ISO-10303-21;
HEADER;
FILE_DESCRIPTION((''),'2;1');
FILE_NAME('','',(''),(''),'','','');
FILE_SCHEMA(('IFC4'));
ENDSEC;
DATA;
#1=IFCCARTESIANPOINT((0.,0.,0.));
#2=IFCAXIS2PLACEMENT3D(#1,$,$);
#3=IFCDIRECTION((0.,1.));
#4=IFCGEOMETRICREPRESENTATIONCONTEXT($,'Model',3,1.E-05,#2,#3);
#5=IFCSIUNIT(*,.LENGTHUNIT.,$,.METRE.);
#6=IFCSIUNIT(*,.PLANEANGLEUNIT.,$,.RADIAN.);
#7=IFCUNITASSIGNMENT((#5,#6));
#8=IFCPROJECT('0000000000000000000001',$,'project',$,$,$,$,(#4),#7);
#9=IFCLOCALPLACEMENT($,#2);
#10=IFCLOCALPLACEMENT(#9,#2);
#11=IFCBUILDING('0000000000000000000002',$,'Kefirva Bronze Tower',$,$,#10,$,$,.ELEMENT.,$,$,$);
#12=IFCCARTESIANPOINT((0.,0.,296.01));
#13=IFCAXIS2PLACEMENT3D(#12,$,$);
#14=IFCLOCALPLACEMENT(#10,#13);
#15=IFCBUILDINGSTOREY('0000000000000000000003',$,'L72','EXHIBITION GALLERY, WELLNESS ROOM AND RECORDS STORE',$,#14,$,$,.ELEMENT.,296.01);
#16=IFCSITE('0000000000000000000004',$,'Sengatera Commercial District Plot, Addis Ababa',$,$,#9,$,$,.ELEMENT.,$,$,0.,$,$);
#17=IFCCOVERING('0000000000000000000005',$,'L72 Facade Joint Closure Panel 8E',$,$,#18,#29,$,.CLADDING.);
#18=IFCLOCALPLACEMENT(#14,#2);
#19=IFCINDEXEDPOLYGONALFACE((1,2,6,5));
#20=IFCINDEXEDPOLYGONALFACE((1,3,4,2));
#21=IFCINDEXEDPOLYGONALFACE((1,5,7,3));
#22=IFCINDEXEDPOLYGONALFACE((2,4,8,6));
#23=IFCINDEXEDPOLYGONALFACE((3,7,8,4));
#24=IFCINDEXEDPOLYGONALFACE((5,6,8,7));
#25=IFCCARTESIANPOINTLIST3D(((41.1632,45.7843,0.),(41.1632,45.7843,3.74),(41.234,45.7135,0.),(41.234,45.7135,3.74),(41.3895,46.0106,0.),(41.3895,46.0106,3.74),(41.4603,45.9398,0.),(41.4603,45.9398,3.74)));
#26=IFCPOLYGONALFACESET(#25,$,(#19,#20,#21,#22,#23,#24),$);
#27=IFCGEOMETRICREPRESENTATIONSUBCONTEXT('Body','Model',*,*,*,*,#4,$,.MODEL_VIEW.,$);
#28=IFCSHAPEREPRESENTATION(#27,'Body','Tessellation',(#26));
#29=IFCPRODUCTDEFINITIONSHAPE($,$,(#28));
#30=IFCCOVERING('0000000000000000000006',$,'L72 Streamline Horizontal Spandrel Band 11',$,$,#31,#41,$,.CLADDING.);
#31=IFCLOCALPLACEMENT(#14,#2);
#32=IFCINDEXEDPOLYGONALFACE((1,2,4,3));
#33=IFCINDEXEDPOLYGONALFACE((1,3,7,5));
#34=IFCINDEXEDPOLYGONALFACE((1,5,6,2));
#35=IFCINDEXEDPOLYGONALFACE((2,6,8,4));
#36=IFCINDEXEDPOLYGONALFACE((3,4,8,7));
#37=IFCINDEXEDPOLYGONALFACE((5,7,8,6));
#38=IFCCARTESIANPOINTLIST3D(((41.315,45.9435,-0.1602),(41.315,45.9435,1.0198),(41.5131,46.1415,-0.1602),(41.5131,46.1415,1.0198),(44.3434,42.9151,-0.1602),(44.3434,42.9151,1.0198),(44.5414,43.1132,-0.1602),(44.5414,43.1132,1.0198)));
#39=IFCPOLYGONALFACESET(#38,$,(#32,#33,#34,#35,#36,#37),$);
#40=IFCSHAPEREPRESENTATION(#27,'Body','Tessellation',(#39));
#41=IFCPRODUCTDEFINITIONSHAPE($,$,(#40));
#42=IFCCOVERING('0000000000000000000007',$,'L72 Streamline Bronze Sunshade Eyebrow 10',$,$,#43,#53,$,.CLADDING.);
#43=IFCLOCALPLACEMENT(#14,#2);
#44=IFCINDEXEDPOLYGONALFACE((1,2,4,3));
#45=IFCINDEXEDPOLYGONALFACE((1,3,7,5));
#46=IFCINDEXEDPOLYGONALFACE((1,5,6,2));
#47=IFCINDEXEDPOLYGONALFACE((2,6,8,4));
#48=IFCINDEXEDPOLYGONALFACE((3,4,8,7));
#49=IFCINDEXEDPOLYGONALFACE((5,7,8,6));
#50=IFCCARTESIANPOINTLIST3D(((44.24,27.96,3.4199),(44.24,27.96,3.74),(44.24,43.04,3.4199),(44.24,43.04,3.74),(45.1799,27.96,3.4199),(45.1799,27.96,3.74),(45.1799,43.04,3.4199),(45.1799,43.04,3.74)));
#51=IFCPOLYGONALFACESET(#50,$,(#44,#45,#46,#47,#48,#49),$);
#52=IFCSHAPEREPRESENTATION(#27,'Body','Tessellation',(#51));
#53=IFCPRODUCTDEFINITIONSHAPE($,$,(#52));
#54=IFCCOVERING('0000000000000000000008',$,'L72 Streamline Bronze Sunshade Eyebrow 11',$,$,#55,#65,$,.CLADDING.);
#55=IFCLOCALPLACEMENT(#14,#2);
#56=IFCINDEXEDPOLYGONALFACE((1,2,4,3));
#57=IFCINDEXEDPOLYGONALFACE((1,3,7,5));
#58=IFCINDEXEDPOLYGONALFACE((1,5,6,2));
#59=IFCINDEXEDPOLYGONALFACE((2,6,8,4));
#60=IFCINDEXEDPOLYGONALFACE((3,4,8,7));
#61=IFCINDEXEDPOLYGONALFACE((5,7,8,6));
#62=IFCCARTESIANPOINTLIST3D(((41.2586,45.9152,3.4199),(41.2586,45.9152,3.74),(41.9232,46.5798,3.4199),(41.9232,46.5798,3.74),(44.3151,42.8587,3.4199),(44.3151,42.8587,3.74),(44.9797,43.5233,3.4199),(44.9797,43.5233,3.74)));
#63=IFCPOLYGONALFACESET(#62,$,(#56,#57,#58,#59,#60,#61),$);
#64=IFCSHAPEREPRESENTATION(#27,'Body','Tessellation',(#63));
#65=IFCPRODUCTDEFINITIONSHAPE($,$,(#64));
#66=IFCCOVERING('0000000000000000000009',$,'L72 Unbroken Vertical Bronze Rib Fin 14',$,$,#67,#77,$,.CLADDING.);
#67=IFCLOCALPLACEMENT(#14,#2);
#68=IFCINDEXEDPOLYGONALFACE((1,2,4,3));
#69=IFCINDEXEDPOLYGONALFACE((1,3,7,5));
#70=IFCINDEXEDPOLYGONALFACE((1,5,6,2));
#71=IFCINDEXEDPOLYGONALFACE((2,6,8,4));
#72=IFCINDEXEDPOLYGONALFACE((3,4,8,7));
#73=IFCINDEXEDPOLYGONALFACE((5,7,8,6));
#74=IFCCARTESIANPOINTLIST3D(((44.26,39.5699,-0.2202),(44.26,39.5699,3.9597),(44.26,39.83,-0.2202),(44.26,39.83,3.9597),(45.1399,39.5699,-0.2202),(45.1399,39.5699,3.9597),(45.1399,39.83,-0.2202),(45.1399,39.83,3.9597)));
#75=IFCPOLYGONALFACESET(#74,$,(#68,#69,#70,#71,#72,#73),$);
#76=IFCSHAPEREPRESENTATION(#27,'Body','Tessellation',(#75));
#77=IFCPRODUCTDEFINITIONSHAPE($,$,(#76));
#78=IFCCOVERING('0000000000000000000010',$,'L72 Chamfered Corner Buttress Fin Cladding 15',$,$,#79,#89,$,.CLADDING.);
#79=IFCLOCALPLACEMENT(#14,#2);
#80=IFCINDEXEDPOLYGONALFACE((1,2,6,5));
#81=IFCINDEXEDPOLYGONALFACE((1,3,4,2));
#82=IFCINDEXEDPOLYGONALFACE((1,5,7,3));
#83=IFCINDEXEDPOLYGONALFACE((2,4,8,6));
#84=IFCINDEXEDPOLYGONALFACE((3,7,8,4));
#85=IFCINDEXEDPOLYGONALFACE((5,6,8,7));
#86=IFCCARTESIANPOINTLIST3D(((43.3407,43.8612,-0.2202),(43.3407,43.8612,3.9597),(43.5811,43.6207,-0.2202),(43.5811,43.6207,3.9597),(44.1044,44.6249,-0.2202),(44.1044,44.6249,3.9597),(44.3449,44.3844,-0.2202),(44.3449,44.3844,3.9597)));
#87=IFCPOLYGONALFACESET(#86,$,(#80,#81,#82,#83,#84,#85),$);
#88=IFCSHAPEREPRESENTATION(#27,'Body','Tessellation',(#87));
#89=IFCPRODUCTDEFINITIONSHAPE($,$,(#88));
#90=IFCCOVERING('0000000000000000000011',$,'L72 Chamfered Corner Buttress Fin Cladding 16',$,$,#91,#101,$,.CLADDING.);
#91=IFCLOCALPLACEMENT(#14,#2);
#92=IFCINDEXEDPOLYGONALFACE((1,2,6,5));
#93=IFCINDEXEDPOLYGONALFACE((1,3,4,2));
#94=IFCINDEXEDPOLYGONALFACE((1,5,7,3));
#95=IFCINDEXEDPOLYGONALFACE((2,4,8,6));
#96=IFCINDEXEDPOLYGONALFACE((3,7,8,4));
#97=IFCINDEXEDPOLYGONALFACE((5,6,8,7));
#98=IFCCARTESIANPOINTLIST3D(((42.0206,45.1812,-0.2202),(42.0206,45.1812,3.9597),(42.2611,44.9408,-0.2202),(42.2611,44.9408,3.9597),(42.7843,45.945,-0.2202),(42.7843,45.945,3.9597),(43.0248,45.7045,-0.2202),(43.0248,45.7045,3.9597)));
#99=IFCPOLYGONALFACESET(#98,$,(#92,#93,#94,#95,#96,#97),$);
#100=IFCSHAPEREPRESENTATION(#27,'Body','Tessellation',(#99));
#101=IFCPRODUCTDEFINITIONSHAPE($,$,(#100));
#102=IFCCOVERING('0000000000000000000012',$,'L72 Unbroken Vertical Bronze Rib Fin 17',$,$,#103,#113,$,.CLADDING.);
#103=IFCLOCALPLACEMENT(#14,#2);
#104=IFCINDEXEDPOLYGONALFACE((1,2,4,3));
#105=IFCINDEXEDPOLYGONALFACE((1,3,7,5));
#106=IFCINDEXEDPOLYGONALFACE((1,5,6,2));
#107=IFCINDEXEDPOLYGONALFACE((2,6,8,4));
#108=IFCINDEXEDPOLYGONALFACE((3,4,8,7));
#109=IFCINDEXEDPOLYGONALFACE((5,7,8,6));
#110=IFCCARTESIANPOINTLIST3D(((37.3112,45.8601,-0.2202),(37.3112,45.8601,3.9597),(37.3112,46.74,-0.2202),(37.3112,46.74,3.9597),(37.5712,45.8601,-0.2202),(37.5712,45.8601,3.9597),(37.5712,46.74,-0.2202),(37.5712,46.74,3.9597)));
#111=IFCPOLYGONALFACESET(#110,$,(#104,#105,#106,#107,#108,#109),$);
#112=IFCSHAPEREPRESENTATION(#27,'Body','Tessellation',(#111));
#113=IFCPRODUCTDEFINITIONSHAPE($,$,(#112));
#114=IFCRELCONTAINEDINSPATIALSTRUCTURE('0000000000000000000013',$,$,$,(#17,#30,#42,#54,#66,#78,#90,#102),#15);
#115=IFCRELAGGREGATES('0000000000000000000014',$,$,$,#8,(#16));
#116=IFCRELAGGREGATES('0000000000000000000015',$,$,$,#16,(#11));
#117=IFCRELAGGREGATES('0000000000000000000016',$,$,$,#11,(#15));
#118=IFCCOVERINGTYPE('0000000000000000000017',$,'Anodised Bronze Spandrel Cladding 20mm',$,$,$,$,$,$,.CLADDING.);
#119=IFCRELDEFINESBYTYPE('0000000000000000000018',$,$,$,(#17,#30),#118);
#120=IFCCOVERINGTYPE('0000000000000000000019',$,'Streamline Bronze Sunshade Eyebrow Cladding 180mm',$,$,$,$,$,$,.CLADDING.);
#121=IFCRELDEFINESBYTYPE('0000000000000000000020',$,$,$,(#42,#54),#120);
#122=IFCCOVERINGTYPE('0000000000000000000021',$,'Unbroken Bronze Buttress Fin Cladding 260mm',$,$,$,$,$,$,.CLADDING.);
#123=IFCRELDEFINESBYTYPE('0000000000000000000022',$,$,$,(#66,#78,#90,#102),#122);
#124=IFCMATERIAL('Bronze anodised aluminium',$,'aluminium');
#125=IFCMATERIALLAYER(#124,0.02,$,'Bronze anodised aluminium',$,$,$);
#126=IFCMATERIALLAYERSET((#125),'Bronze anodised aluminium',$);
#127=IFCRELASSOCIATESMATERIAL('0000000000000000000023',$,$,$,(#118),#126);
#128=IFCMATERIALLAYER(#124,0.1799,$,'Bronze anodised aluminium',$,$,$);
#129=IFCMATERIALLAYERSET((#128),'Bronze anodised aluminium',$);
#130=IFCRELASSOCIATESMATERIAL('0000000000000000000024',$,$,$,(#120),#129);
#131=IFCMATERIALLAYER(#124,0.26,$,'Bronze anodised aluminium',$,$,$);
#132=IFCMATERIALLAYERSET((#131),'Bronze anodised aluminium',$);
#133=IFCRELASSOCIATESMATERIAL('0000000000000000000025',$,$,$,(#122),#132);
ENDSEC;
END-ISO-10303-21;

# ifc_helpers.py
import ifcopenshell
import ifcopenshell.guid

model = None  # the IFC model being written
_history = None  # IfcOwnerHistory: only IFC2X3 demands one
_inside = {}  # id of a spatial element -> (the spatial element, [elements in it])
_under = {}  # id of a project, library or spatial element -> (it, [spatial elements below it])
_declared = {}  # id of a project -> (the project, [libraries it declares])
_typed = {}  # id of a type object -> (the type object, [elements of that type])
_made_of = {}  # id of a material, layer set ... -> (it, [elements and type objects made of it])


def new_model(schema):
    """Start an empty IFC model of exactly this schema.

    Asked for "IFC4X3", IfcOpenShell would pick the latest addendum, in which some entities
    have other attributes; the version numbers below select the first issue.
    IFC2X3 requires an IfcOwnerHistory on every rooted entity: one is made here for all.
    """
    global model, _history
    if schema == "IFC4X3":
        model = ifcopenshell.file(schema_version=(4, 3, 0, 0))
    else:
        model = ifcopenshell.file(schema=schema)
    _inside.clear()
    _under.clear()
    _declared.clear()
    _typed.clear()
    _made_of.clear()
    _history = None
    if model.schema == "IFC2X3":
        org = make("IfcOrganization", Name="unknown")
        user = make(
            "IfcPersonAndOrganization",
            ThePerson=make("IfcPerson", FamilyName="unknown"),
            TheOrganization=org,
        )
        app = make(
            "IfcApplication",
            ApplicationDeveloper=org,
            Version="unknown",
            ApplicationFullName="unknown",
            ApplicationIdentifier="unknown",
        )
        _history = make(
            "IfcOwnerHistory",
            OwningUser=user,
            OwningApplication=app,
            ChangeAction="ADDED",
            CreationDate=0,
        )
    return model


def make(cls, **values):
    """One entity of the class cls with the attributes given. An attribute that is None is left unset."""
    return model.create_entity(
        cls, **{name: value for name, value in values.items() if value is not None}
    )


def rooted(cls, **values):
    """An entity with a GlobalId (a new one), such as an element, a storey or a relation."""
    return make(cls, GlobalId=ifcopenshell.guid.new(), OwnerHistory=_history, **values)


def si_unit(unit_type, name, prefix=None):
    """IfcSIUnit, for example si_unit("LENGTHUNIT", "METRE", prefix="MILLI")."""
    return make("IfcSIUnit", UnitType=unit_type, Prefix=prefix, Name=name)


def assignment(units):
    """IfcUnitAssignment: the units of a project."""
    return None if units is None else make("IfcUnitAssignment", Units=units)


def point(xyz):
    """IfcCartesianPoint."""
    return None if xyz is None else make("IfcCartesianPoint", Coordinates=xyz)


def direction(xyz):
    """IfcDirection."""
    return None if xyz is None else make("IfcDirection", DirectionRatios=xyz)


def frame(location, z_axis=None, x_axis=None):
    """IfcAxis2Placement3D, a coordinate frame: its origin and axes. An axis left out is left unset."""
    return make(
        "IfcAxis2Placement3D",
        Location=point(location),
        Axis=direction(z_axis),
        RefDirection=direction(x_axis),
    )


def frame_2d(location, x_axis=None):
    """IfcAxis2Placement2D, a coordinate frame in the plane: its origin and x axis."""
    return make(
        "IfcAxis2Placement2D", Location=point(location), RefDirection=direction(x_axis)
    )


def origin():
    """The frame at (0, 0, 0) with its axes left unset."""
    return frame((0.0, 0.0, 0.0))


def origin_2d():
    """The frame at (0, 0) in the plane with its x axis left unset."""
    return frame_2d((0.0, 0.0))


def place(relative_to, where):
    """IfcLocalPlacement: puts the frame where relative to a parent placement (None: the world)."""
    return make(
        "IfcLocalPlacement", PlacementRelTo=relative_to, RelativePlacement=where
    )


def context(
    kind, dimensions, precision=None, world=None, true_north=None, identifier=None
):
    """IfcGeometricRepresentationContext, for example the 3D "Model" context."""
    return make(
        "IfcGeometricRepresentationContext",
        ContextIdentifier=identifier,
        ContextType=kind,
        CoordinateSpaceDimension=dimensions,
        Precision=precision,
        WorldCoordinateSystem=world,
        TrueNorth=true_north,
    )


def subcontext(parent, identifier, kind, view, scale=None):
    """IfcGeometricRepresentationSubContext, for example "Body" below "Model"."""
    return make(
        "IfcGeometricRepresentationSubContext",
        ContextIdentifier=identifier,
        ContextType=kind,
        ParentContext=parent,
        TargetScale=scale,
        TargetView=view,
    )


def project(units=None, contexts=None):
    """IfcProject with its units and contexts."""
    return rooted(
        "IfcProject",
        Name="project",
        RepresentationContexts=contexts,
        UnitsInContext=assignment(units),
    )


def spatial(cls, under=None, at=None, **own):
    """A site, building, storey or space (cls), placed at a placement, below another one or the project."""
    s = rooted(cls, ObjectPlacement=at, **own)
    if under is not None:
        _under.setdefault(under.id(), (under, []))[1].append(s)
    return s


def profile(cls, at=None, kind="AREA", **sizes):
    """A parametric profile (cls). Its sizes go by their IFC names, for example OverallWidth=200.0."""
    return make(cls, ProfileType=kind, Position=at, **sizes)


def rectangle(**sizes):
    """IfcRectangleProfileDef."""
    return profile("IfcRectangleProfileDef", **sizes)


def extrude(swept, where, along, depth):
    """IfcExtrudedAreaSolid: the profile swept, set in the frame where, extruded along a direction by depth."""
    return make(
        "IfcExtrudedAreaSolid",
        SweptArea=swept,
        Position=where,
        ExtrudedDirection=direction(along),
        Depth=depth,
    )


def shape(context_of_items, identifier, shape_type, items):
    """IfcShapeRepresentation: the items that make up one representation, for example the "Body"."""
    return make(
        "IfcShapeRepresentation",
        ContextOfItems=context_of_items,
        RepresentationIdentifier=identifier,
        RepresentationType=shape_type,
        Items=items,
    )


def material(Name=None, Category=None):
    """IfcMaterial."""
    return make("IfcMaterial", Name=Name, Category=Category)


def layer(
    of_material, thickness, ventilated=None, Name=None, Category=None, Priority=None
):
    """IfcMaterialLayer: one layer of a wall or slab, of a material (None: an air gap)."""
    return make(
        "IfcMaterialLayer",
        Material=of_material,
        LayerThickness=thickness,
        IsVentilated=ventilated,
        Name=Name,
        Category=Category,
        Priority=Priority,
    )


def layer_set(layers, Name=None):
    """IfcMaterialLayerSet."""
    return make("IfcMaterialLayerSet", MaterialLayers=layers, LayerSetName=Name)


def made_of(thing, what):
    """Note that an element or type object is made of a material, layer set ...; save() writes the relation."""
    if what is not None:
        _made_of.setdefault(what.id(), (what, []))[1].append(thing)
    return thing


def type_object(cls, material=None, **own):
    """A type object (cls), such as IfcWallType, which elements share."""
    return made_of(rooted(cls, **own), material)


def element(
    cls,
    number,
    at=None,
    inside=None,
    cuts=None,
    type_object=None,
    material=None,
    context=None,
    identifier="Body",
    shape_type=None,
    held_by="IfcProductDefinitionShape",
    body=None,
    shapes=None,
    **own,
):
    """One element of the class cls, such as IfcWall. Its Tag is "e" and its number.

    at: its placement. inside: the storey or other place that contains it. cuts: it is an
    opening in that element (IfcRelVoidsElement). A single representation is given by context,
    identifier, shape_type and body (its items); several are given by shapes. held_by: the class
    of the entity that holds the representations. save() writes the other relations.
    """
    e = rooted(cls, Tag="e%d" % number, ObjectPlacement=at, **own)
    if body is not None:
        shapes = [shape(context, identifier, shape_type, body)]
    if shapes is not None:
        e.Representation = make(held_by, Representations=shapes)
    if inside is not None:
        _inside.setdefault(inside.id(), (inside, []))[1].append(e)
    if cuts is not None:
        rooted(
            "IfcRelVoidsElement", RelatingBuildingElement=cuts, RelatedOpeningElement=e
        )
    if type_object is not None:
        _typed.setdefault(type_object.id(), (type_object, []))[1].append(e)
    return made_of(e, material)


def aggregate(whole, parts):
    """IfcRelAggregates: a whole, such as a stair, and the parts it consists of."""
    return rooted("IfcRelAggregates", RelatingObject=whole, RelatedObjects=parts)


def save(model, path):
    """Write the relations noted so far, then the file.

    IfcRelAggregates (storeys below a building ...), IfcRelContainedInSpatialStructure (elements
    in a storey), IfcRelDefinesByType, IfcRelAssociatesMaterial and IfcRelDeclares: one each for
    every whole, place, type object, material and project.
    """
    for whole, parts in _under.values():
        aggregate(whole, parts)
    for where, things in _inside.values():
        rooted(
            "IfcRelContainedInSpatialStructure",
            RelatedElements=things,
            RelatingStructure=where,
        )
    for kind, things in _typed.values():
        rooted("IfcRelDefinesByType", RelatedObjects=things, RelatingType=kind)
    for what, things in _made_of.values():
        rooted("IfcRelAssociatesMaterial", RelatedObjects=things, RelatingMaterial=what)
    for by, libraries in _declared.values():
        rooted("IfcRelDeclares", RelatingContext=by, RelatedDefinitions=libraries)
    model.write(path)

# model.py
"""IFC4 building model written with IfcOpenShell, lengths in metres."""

from ifc_helpers import new_model, si_unit, direction, frame, origin, origin_2d, place, context, subcontext, project, spatial, rectangle, extrude, material, layer, layer_set, type_object, element, save


model = new_model("IFC4")

# Units and contexts
model_context = context("Model", 3, precision=1e-05, world=origin(), true_north=direction((0.0, 1.0)))
body_context = subcontext(model_context, "Body", "Model", "MODEL_VIEW")
ifc_project = project(units=[si_unit("LENGTHUNIT", "METRE"), si_unit("PLANEANGLEUNIT", "RADIAN")], contexts=[model_context])

# Site, building, storey
site_placement = place(None, origin())
site = spatial("IfcSite", under=ifc_project, at=site_placement, Name="Sengatera Commercial District Plot, Addis Ababa", CompositionType="ELEMENT", RefElevation=0.0)
building_placement = place(site_placement, origin())
building = spatial("IfcBuilding", under=site, at=building_placement, Name="Kefirva Bronze Tower", CompositionType="ELEMENT")
storey_placement = place(building_placement, frame((0.0, 0.0, 296.01)))
storey = spatial("IfcBuildingStorey", under=building, at=storey_placement, Name="L72", Description="EXHIBITION GALLERY, WELLNESS ROOM AND RECORDS STORE", CompositionType="ELEMENT", Elevation=296.01)

# Shared definitions
ifc_material_1 = material(Name="Bronze anodised aluminium", Category="aluminium")

# Coverings
ifc_layer_1 = layer(ifc_material_1, 0.02, Name="Bronze anodised aluminium")
ifc_layer_set_1 = layer_set([ifc_layer_1], Name="Bronze anodised aluminium")
covering_type_1 = type_object("IfcCoveringType", Name="Anodised Bronze Spandrel Cladding 20mm", PredefinedType="CLADDING", material=ifc_layer_set_1)
for number, where, z_axis, x_axis, name in (
    (1, (41.3118, 45.8621, 0.0), (0.0, 0.0, 1.0), (-0.707107, 0.707107, 0.0), "L72 Facade Joint Closure Panel 8E"),
):
    element("IfcCovering", number, at=place(storey_placement, frame(where, z_axis=z_axis, x_axis=x_axis)), inside=storey, type_object=covering_type_1, Name=name, PredefinedType="CLADDING", context=body_context, shape_type="SweptSolid", body=[
        extrude(rectangle(XDim=0.1001, YDim=0.3201, at=origin_2d()), origin(), (0.0, 0.0, 1.0), 3.74),
    ])
covering_1_placement = place(storey_placement, frame((42.9282, 44.5283, -0.1602), z_axis=(0.0, 0.0, 1.0), x_axis=(-0.707107, 0.707107, 0.0)))
element("IfcCovering", 2, at=covering_1_placement, inside=storey, type_object=covering_type_1, Name="L72 Streamline Horizontal Spandrel Band 11", PredefinedType="CLADDING", context=body_context, shape_type="SweptSolid", body=[
    extrude(rectangle(XDim=4.2827, YDim=0.28, at=origin_2d()), origin(), (0.0, 0.0, 1.0), 1.1799),
])
ifc_layer_2 = layer(ifc_material_1, 0.1799, Name="Bronze anodised aluminium")
ifc_layer_set_2 = layer_set([ifc_layer_2], Name="Bronze anodised aluminium")
covering_type_2 = type_object("IfcCoveringType", Name="Streamline Bronze Sunshade Eyebrow Cladding 180mm", PredefinedType="CLADDING", material=ifc_layer_set_2)
covering_2_placement = place(storey_placement, frame((44.71, 35.5, 3.4199), z_axis=(0.0, 0.0, 1.0), x_axis=(0.0, 1.0, 0.0)))
element("IfcCovering", 3, at=covering_2_placement, inside=storey, type_object=covering_type_2, Name="L72 Streamline Bronze Sunshade Eyebrow 10", PredefinedType="CLADDING", context=body_context, shape_type="SweptSolid", body=[
    extrude(rectangle(XDim=15.0801, YDim=0.9399, at=origin_2d()), origin(), (0.0, 0.0, 1.0), 0.3201),
])
covering_3_placement = place(storey_placement, frame((43.1191, 44.7192, 3.4199), z_axis=(0.0, 0.0, 1.0), x_axis=(-0.707107, 0.707107, 0.0)))
element("IfcCovering", 4, at=covering_3_placement, inside=storey, type_object=covering_type_2, Name="L72 Streamline Bronze Sunshade Eyebrow 11", PredefinedType="CLADDING", context=body_context, shape_type="SweptSolid", body=[
    extrude(rectangle(XDim=4.3225, YDim=0.9399, at=origin_2d()), origin(), (0.0, 0.0, 1.0), 0.3201),
])
ifc_layer_3 = layer(ifc_material_1, 0.26, Name="Bronze anodised aluminium")
ifc_layer_set_3 = layer_set([ifc_layer_3], Name="Bronze anodised aluminium")
covering_type_3 = type_object("IfcCoveringType", Name="Unbroken Bronze Buttress Fin Cladding 260mm", PredefinedType="CLADDING", material=ifc_layer_set_3)
covering_4_placement = place(storey_placement, frame((44.7, 39.7, -0.2202), z_axis=(0.0, 0.0, 1.0), x_axis=(0.0, 1.0, 0.0)))
element("IfcCovering", 5, at=covering_4_placement, inside=storey, type_object=covering_type_3, Name="L72 Unbroken Vertical Bronze Rib Fin 14", PredefinedType="CLADDING", context=body_context, shape_type="SweptSolid", body=[
    extrude(rectangle(XDim=0.26, YDim=0.8799, at=origin_2d()), origin(), (0.0, 0.0, 1.0), 4.1799),
])
for number, where, z_axis, x_axis, name in (
    (6, (43.8428, 44.1228, -0.2202), (0.0, 0.0, 1.0), (-0.707107, 0.707107, 0.0), "L72 Chamfered Corner Buttress Fin Cladding 15"),
    (7, (42.5227, 45.4429, -0.2202), (0.0, 0.0, 1.0), (-0.707107, 0.707107, 0.0), "L72 Chamfered Corner Buttress Fin Cladding 16"),
):
    element("IfcCovering", number, at=place(storey_placement, frame(where, z_axis=z_axis, x_axis=x_axis)), inside=storey, type_object=covering_type_3, Name=name, PredefinedType="CLADDING", context=body_context, shape_type="SweptSolid", body=[
        extrude(rectangle(XDim=0.3401, YDim=1.0801, at=origin_2d()), origin(), (0.0, 0.0, 1.0), 4.1799),
    ])
covering_5_placement = place(storey_placement, frame((37.4412, 46.3, -0.2202), z_axis=(0.0, 0.0, 1.0), x_axis=(-1.0, 0.0, 0.0)))
element("IfcCovering", 8, at=covering_5_placement, inside=storey, type_object=covering_type_3, Name="L72 Unbroken Vertical Bronze Rib Fin 17", PredefinedType="CLADDING", context=body_context, shape_type="SweptSolid", body=[
    extrude(rectangle(XDim=0.26, YDim=0.8799, at=origin_2d()), origin(), (0.0, 0.0, 1.0), 4.1799),
])

save(model, "model.ifc")
